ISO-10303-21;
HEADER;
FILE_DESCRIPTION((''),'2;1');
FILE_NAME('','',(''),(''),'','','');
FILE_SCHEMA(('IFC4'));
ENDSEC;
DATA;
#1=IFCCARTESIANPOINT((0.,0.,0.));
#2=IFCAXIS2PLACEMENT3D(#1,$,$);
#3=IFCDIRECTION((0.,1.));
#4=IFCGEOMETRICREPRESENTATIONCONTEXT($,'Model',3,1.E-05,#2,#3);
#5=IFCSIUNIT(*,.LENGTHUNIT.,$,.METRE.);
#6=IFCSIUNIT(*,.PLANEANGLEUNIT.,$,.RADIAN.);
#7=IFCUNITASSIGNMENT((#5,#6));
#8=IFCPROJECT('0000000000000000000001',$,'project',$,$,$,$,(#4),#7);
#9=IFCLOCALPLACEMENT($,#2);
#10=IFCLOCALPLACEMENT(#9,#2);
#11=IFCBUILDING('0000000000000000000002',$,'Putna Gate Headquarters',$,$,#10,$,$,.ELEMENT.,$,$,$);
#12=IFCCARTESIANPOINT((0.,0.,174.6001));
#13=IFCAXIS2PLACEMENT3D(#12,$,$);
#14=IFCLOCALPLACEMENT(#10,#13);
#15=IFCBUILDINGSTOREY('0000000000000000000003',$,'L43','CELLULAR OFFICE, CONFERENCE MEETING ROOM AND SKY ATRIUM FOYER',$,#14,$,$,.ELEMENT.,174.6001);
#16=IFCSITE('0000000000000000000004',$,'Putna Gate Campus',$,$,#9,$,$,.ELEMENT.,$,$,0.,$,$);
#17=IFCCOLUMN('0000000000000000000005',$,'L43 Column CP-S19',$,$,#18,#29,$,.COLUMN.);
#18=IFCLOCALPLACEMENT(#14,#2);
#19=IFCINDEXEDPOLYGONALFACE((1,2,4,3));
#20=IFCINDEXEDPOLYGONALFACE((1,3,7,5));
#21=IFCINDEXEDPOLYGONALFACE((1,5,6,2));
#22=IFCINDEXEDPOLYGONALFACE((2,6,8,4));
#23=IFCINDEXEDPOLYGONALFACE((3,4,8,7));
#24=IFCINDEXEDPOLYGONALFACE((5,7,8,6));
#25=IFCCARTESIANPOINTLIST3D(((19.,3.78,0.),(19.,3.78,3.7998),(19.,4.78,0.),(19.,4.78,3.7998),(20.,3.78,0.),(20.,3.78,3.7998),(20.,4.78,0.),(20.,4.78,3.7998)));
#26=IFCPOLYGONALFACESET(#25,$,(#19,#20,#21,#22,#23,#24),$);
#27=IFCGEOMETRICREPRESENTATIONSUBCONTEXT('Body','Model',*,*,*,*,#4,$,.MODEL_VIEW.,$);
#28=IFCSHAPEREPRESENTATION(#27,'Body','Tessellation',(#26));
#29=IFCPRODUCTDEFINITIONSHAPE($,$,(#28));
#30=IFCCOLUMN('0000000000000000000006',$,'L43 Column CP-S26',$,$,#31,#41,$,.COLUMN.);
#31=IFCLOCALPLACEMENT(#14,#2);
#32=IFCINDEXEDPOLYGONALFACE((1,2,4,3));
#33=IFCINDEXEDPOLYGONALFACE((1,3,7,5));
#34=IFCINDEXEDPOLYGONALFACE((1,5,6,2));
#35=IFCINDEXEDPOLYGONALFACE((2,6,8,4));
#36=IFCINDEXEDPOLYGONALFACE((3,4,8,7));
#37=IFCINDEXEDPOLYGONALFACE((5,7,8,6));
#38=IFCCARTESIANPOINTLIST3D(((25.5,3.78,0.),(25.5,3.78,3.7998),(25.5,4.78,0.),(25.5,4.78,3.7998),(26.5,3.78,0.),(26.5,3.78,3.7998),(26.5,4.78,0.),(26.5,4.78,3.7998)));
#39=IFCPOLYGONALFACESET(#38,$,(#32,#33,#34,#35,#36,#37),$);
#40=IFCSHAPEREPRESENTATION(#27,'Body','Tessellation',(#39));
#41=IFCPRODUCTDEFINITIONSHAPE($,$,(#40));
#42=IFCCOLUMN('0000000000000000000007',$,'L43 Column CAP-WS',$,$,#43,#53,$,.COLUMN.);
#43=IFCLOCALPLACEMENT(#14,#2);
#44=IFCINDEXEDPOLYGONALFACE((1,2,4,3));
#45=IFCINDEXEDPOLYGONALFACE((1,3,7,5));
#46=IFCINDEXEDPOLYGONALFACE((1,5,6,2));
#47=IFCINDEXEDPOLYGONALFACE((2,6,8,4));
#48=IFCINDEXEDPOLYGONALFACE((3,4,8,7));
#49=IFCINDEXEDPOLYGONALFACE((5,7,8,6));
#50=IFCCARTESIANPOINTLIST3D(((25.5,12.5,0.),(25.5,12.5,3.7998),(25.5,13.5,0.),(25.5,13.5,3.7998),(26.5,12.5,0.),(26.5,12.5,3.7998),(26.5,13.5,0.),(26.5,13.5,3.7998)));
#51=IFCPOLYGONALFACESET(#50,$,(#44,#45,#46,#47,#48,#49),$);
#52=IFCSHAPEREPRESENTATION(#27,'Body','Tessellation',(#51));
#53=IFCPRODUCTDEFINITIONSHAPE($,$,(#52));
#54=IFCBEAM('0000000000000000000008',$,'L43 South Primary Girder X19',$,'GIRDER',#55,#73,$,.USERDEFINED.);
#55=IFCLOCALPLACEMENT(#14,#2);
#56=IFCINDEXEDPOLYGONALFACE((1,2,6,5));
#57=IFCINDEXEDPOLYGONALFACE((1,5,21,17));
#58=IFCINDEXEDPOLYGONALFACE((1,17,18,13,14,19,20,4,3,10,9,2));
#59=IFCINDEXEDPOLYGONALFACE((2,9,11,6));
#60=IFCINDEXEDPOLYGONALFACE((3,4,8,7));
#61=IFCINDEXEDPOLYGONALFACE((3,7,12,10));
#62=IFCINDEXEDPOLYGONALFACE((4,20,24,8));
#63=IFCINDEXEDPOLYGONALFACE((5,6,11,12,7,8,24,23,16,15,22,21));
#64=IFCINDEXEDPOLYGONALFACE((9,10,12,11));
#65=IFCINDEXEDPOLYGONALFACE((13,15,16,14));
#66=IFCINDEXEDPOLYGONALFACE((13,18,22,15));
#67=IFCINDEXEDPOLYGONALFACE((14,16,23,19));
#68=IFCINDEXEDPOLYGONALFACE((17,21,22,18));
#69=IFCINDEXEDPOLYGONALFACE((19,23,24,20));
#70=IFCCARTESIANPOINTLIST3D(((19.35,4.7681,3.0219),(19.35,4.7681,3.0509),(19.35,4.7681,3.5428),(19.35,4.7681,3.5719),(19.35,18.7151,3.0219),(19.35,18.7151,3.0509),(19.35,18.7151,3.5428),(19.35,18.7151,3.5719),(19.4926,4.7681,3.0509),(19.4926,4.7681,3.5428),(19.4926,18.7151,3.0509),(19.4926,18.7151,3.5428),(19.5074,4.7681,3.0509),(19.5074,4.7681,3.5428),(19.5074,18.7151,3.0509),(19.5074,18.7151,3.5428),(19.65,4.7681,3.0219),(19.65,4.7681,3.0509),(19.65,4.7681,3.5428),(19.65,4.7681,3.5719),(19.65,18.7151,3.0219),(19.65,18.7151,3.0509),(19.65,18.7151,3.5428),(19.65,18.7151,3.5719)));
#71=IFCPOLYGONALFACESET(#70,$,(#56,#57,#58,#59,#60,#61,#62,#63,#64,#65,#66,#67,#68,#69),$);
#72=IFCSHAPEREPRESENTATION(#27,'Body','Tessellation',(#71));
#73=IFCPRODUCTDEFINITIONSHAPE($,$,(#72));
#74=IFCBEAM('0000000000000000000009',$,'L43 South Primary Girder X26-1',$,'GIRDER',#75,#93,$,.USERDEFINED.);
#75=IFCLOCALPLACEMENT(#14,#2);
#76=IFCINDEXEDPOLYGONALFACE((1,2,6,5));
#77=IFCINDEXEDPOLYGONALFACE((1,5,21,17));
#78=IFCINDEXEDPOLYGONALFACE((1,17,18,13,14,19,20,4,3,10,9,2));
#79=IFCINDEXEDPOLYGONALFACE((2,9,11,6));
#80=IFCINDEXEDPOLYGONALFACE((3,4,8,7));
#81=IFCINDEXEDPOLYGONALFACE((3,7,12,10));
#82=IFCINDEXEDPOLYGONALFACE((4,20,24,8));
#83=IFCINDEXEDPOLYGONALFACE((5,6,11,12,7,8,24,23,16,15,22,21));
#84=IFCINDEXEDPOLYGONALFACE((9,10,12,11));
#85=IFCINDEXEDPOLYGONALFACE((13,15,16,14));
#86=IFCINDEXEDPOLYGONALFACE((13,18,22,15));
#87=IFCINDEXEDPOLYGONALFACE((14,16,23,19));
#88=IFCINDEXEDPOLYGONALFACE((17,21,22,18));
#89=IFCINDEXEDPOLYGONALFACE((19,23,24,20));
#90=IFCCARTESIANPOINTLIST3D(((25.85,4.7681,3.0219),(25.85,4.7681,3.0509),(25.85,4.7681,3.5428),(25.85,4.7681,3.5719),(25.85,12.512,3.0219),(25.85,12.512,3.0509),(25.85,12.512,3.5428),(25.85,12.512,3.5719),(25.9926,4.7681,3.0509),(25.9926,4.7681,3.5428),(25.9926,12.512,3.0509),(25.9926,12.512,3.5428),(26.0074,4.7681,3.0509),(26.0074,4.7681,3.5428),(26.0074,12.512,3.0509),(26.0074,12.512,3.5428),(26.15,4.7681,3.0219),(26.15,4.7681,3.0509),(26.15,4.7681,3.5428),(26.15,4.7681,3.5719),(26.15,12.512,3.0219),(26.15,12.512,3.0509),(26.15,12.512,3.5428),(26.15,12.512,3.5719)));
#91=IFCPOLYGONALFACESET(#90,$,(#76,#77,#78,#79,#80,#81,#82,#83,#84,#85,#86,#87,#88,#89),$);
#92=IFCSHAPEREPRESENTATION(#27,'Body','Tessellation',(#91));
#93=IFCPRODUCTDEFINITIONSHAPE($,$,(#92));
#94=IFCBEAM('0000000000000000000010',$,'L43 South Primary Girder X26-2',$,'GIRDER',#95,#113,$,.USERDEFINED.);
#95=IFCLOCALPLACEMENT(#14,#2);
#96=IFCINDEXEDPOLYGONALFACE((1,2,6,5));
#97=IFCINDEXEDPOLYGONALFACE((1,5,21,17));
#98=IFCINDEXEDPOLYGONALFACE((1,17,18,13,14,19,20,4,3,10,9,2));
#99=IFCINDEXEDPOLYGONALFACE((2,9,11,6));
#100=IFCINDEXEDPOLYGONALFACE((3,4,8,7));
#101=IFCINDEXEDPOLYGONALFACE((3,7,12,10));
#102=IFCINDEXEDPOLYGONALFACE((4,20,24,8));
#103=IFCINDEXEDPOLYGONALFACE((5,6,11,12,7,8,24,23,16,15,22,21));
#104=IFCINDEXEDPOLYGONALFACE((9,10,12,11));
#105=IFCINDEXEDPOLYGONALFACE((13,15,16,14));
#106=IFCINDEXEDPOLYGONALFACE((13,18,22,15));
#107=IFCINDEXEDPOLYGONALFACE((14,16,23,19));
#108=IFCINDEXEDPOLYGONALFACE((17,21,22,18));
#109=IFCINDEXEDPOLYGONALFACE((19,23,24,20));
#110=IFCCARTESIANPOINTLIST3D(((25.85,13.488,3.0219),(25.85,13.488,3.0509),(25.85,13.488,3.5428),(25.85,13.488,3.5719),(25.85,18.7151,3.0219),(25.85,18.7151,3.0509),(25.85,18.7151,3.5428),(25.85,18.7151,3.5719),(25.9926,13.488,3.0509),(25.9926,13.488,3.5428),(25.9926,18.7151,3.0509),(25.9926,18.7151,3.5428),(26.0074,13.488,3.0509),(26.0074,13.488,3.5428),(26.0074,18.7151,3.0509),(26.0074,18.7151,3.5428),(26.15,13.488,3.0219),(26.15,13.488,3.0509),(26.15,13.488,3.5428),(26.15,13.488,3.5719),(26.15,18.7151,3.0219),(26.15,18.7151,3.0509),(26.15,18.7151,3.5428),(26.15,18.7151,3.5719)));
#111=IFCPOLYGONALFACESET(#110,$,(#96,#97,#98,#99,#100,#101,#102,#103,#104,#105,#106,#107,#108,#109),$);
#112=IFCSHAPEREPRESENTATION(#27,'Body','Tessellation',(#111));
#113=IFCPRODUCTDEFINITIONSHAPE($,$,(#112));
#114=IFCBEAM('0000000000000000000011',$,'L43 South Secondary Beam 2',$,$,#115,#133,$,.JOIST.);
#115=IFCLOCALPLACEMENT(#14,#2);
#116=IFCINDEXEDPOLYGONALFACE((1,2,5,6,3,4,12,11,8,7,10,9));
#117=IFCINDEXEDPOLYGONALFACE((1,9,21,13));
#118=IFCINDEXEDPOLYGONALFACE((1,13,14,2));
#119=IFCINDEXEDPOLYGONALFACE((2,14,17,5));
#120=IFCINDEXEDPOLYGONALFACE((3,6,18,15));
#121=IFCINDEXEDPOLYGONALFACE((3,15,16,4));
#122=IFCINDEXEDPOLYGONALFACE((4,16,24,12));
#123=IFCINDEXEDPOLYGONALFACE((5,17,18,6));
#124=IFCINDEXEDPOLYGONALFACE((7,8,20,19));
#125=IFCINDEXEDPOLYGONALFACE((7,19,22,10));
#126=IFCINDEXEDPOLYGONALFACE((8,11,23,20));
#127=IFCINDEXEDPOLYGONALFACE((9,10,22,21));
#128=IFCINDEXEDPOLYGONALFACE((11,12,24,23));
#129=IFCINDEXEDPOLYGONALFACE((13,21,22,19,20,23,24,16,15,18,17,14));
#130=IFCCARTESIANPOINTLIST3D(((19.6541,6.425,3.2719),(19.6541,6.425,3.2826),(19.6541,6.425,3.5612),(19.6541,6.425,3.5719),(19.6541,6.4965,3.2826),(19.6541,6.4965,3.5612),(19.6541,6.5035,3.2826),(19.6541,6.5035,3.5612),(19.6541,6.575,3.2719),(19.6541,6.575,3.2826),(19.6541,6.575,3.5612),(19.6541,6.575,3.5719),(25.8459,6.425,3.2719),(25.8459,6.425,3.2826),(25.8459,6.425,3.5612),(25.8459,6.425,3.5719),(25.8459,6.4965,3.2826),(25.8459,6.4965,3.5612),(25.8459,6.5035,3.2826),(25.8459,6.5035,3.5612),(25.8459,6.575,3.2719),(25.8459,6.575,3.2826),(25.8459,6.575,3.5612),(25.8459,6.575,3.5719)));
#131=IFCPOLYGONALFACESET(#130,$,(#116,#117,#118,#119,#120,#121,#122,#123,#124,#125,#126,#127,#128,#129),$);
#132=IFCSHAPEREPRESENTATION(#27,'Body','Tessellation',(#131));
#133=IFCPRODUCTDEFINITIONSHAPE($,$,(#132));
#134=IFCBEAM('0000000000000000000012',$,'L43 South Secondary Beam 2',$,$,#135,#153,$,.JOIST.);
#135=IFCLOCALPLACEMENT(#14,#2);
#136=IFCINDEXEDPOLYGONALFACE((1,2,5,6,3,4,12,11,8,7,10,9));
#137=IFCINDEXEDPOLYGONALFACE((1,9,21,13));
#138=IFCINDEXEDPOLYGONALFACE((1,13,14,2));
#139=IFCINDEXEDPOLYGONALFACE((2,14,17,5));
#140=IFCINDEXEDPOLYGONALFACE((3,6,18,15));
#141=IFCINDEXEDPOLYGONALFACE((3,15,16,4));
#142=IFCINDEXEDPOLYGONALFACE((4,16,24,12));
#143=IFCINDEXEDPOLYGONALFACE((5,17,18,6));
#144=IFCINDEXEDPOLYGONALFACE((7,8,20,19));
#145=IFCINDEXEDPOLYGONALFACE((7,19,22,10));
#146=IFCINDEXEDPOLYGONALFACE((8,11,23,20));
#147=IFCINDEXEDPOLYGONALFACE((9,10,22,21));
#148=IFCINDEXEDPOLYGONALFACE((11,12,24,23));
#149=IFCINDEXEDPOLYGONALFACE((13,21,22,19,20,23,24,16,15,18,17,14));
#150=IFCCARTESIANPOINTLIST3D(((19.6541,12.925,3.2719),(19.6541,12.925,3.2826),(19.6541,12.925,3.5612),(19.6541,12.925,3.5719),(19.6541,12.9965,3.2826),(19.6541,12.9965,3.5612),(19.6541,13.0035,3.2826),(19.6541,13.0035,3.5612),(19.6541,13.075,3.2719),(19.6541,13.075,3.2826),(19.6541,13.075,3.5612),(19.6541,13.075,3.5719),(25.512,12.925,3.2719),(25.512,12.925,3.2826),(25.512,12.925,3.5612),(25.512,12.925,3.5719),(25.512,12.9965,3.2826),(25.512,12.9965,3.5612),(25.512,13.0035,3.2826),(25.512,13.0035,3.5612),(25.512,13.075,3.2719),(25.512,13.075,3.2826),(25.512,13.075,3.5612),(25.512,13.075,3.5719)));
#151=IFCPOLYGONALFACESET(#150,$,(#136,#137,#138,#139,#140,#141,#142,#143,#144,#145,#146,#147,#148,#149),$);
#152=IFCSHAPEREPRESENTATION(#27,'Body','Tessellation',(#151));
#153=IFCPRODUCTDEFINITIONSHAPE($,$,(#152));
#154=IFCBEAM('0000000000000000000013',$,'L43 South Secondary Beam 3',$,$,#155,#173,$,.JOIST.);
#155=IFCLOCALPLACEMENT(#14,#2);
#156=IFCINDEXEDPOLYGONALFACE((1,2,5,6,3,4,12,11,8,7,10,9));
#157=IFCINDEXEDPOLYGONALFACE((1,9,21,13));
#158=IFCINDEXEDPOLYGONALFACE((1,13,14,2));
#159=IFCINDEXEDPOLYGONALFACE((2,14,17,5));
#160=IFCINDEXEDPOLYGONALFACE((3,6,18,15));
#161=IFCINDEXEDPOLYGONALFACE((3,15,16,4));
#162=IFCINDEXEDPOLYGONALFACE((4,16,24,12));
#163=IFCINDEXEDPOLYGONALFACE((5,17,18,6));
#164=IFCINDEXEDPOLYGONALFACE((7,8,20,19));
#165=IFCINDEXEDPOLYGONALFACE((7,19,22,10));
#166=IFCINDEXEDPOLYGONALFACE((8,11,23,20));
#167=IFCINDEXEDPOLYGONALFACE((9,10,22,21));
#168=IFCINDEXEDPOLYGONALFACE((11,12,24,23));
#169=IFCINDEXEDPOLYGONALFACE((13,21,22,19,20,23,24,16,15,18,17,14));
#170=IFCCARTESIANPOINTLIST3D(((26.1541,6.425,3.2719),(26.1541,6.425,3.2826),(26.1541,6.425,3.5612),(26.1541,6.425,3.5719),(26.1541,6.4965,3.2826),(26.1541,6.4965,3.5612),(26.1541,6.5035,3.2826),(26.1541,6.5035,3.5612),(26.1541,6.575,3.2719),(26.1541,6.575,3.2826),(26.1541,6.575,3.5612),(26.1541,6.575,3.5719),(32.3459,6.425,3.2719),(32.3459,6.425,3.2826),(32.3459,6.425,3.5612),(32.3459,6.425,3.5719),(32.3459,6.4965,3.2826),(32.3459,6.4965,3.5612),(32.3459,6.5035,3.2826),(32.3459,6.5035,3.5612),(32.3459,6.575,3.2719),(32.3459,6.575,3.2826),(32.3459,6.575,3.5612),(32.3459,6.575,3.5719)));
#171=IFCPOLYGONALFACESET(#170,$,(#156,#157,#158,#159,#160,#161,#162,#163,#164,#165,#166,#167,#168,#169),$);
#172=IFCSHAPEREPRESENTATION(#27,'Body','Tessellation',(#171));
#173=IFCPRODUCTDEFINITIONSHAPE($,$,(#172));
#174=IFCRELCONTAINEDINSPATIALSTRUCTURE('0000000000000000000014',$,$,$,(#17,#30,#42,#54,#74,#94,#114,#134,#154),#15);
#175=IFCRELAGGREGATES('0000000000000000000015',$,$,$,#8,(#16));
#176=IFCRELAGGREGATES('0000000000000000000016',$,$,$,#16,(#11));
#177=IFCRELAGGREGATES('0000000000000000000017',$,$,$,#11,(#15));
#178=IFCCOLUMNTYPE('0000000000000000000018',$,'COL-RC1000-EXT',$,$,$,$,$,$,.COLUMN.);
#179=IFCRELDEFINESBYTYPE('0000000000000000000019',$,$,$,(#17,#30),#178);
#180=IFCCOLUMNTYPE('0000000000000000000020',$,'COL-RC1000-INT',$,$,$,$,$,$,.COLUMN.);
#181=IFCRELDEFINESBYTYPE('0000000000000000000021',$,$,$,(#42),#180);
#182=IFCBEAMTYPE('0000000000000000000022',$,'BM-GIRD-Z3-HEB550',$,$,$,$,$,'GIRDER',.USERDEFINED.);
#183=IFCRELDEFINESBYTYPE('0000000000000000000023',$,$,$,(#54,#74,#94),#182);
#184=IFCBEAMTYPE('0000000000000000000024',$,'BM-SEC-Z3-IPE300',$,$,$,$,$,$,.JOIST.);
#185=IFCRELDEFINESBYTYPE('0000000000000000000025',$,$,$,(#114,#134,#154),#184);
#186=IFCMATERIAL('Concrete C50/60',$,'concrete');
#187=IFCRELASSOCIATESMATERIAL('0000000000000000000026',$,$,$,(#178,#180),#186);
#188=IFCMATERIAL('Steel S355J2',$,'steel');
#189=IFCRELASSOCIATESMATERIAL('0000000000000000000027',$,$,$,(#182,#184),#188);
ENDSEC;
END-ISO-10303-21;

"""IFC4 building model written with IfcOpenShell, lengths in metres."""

from ifc_helpers import new_model, si_unit, direction, frame, origin, origin_2d, place, context, subcontext, project, spatial, rectangle, i_section, extrude, material, material_profile, profile_set, type_object, element, save


model = new_model("IFC4")

# Units and contexts
model_context = context("Model", 3, precision=1e-05, world=origin(), true_north=direction((0.0, 1.0)))
body_context = subcontext(model_context, "Body", "Model", "MODEL_VIEW")
ifc_project = project(units=[si_unit("LENGTHUNIT", "METRE"), si_unit("PLANEANGLEUNIT", "RADIAN")], contexts=[model_context])

# Site, building, storey
site_placement = place(None, origin())
site = spatial("IfcSite", under=ifc_project, at=site_placement, Name="Putna Gate Campus", CompositionType="ELEMENT", RefElevation=0.0)
building_placement = place(site_placement, origin())
building = spatial("IfcBuilding", under=site, at=building_placement, Name="Putna Gate Headquarters", CompositionType="ELEMENT")
storey_placement = place(building_placement, frame((0.0, 0.0, 174.6001)))
storey = spatial("IfcBuildingStorey", under=building, at=storey_placement, Name="L43", Description="CELLULAR OFFICE, CONFERENCE MEETING ROOM AND SKY ATRIUM FOYER", CompositionType="ELEMENT", Elevation=174.6001)

# Columns
ifc_material_1 = material(Name="Concrete C50/60", Category="concrete")
ifc_material_profile_1 = material_profile(ifc_material_1, rectangle(XDim=1.0, YDim=1.0, at=origin_2d()), Name="Concrete C50/60")
ifc_profile_set_1 = profile_set([ifc_material_profile_1], Name="Concrete C50/60")
column_type_1 = type_object("IfcColumnType", Name="COL-RC1000-EXT", PredefinedType="COLUMN", material=ifc_profile_set_1)
for number, where, z_axis, x_axis, name in (
    (1, (19.5, 4.28, 0.0), (0.0, 0.0, 1.0), (1.0, 0.0, 0.0), "L43 Column CP-S19"),
    (2, (26.0, 4.28, 0.0), (0.0, 0.0, 1.0), (1.0, 0.0, 0.0), "L43 Column CP-S26"),
):
    element("IfcColumn", number, at=place(storey_placement, frame(where, z_axis=z_axis, x_axis=x_axis)), inside=storey, type_object=column_type_1, Name=name, PredefinedType="COLUMN", context=body_context, shape_type="SweptSolid", body=[
        extrude(rectangle(XDim=1.0, YDim=1.0, at=origin_2d()), origin(), (0.0, 0.0, 1.0), 3.7998),
    ])
ifc_material_profile_2 = material_profile(ifc_material_1, rectangle(XDim=1.0, YDim=1.0, at=origin_2d()), Name="Concrete C50/60")
ifc_profile_set_2 = profile_set([ifc_material_profile_2], Name="Concrete C50/60")
column_type_2 = type_object("IfcColumnType", Name="COL-RC1000-INT", PredefinedType="COLUMN", material=ifc_profile_set_2)
column_placement = place(storey_placement, frame((26.0, 13.0, 0.0), z_axis=(0.0, 0.0, 1.0), x_axis=(1.0, 0.0, 0.0)))
element("IfcColumn", 3, at=column_placement, inside=storey, type_object=column_type_2, Name="L43 Column CAP-WS", PredefinedType="COLUMN", context=body_context, shape_type="SweptSolid", body=[
    extrude(rectangle(XDim=1.0, YDim=1.0, at=origin_2d()), origin(), (0.0, 0.0, 1.0), 3.7998),
])

# Beams
ifc_material_2 = material(Name="Steel S355J2", Category="steel")
ifc_material_profile_3 = material_profile(ifc_material_2, i_section(OverallWidth=0.3, OverallDepth=0.55, WebThickness=0.0149, FlangeThickness=0.0291, at=origin_2d()), Name="Steel S355J2")
ifc_profile_set_3 = profile_set([ifc_material_profile_3], Name="Steel S355J2")
beam_type_1 = type_object("IfcBeamType", Name="BM-GIRD-Z3-HEB550", ElementType="GIRDER", PredefinedType="USERDEFINED", material=ifc_profile_set_3)
beam_1_placement = place(storey_placement, frame((19.5, 4.7681, 3.2969), z_axis=(0.0, 1.0, 0.0), x_axis=(-1.0, 0.0, 0.0)))
element("IfcBeam", 4, at=beam_1_placement, inside=storey, type_object=beam_type_1, Name="L43 South Primary Girder X19", ObjectType="GIRDER", PredefinedType="USERDEFINED", context=body_context, shape_type="SweptSolid", body=[
    extrude(i_section(OverallWidth=0.3, OverallDepth=0.55, WebThickness=0.0149, FlangeThickness=0.0291, at=origin_2d()), origin(), (0.0, 0.0, 1.0), 13.947),
])
beam_2_placement = place(storey_placement, frame((26.0, 4.7681, 3.2969), z_axis=(0.0, 1.0, 0.0), x_axis=(-1.0, 0.0, 0.0)))
element("IfcBeam", 5, at=beam_2_placement, inside=storey, type_object=beam_type_1, Name="L43 South Primary Girder X26-1", ObjectType="GIRDER", PredefinedType="USERDEFINED", context=body_context, shape_type="SweptSolid", body=[
    extrude(i_section(OverallWidth=0.3, OverallDepth=0.55, WebThickness=0.0149, FlangeThickness=0.0291, at=origin_2d()), origin(), (0.0, 0.0, 1.0), 7.7439),
])
beam_3_placement = place(storey_placement, frame((26.0, 13.488, 3.2969), z_axis=(0.0, 1.0, 0.0), x_axis=(-1.0, 0.0, 0.0)))
element("IfcBeam", 6, at=beam_3_placement, inside=storey, type_object=beam_type_1, Name="L43 South Primary Girder X26-2", ObjectType="GIRDER", PredefinedType="USERDEFINED", context=body_context, shape_type="SweptSolid", body=[
    extrude(i_section(OverallWidth=0.3, OverallDepth=0.55, WebThickness=0.0149, FlangeThickness=0.0291, at=origin_2d()), origin(), (0.0, 0.0, 1.0), 5.2271),
])
ifc_material_profile_4 = material_profile(ifc_material_2, i_section(OverallWidth=0.1499, OverallDepth=0.3, WebThickness=0.0071, FlangeThickness=0.0107, at=origin_2d()), Name="Steel S355J2")
ifc_profile_set_4 = profile_set([ifc_material_profile_4], Name="Steel S355J2")
beam_type_2 = type_object("IfcBeamType", Name="BM-SEC-Z3-IPE300", PredefinedType="JOIST", material=ifc_profile_set_4)
beam_4_placement = place(storey_placement, frame((19.6541, 6.5, 3.4219), z_axis=(1.0, 0.0, 0.0), x_axis=(0.0, 1.0, 0.0)))
element("IfcBeam", 7, at=beam_4_placement, inside=storey, type_object=beam_type_2, Name="L43 South Secondary Beam 2", PredefinedType="JOIST", context=body_context, shape_type="SweptSolid", body=[
    extrude(i_section(OverallWidth=0.1499, OverallDepth=0.3, WebThickness=0.0071, FlangeThickness=0.0107, at=origin_2d()), origin(), (0.0, 0.0, 1.0), 6.1919),
])
beam_5_placement = place(storey_placement, frame((19.6541, 13.0, 3.4219), z_axis=(1.0, 0.0, 0.0), x_axis=(0.0, 1.0, 0.0)))
element("IfcBeam", 8, at=beam_5_placement, inside=storey, type_object=beam_type_2, Name="L43 South Secondary Beam 2", PredefinedType="JOIST", context=body_context, shape_type="SweptSolid", body=[
    extrude(i_section(OverallWidth=0.1499, OverallDepth=0.3, WebThickness=0.0071, FlangeThickness=0.0107, at=origin_2d()), origin(), (0.0, 0.0, 1.0), 5.8579),
])
beam_6_placement = place(storey_placement, frame((26.1541, 6.5, 3.4219), z_axis=(1.0, 0.0, 0.0), x_axis=(0.0, 1.0, 0.0)))
element("IfcBeam", 9, at=beam_6_placement, inside=storey, type_object=beam_type_2, Name="L43 South Secondary Beam 3", PredefinedType="JOIST", context=body_context, shape_type="SweptSolid", body=[
    extrude(i_section(OverallWidth=0.1499, OverallDepth=0.3, WebThickness=0.0071, FlangeThickness=0.0107, at=origin_2d()), origin(), (0.0, 0.0, 1.0), 6.1919),
])

save(model, "model.ifc")
